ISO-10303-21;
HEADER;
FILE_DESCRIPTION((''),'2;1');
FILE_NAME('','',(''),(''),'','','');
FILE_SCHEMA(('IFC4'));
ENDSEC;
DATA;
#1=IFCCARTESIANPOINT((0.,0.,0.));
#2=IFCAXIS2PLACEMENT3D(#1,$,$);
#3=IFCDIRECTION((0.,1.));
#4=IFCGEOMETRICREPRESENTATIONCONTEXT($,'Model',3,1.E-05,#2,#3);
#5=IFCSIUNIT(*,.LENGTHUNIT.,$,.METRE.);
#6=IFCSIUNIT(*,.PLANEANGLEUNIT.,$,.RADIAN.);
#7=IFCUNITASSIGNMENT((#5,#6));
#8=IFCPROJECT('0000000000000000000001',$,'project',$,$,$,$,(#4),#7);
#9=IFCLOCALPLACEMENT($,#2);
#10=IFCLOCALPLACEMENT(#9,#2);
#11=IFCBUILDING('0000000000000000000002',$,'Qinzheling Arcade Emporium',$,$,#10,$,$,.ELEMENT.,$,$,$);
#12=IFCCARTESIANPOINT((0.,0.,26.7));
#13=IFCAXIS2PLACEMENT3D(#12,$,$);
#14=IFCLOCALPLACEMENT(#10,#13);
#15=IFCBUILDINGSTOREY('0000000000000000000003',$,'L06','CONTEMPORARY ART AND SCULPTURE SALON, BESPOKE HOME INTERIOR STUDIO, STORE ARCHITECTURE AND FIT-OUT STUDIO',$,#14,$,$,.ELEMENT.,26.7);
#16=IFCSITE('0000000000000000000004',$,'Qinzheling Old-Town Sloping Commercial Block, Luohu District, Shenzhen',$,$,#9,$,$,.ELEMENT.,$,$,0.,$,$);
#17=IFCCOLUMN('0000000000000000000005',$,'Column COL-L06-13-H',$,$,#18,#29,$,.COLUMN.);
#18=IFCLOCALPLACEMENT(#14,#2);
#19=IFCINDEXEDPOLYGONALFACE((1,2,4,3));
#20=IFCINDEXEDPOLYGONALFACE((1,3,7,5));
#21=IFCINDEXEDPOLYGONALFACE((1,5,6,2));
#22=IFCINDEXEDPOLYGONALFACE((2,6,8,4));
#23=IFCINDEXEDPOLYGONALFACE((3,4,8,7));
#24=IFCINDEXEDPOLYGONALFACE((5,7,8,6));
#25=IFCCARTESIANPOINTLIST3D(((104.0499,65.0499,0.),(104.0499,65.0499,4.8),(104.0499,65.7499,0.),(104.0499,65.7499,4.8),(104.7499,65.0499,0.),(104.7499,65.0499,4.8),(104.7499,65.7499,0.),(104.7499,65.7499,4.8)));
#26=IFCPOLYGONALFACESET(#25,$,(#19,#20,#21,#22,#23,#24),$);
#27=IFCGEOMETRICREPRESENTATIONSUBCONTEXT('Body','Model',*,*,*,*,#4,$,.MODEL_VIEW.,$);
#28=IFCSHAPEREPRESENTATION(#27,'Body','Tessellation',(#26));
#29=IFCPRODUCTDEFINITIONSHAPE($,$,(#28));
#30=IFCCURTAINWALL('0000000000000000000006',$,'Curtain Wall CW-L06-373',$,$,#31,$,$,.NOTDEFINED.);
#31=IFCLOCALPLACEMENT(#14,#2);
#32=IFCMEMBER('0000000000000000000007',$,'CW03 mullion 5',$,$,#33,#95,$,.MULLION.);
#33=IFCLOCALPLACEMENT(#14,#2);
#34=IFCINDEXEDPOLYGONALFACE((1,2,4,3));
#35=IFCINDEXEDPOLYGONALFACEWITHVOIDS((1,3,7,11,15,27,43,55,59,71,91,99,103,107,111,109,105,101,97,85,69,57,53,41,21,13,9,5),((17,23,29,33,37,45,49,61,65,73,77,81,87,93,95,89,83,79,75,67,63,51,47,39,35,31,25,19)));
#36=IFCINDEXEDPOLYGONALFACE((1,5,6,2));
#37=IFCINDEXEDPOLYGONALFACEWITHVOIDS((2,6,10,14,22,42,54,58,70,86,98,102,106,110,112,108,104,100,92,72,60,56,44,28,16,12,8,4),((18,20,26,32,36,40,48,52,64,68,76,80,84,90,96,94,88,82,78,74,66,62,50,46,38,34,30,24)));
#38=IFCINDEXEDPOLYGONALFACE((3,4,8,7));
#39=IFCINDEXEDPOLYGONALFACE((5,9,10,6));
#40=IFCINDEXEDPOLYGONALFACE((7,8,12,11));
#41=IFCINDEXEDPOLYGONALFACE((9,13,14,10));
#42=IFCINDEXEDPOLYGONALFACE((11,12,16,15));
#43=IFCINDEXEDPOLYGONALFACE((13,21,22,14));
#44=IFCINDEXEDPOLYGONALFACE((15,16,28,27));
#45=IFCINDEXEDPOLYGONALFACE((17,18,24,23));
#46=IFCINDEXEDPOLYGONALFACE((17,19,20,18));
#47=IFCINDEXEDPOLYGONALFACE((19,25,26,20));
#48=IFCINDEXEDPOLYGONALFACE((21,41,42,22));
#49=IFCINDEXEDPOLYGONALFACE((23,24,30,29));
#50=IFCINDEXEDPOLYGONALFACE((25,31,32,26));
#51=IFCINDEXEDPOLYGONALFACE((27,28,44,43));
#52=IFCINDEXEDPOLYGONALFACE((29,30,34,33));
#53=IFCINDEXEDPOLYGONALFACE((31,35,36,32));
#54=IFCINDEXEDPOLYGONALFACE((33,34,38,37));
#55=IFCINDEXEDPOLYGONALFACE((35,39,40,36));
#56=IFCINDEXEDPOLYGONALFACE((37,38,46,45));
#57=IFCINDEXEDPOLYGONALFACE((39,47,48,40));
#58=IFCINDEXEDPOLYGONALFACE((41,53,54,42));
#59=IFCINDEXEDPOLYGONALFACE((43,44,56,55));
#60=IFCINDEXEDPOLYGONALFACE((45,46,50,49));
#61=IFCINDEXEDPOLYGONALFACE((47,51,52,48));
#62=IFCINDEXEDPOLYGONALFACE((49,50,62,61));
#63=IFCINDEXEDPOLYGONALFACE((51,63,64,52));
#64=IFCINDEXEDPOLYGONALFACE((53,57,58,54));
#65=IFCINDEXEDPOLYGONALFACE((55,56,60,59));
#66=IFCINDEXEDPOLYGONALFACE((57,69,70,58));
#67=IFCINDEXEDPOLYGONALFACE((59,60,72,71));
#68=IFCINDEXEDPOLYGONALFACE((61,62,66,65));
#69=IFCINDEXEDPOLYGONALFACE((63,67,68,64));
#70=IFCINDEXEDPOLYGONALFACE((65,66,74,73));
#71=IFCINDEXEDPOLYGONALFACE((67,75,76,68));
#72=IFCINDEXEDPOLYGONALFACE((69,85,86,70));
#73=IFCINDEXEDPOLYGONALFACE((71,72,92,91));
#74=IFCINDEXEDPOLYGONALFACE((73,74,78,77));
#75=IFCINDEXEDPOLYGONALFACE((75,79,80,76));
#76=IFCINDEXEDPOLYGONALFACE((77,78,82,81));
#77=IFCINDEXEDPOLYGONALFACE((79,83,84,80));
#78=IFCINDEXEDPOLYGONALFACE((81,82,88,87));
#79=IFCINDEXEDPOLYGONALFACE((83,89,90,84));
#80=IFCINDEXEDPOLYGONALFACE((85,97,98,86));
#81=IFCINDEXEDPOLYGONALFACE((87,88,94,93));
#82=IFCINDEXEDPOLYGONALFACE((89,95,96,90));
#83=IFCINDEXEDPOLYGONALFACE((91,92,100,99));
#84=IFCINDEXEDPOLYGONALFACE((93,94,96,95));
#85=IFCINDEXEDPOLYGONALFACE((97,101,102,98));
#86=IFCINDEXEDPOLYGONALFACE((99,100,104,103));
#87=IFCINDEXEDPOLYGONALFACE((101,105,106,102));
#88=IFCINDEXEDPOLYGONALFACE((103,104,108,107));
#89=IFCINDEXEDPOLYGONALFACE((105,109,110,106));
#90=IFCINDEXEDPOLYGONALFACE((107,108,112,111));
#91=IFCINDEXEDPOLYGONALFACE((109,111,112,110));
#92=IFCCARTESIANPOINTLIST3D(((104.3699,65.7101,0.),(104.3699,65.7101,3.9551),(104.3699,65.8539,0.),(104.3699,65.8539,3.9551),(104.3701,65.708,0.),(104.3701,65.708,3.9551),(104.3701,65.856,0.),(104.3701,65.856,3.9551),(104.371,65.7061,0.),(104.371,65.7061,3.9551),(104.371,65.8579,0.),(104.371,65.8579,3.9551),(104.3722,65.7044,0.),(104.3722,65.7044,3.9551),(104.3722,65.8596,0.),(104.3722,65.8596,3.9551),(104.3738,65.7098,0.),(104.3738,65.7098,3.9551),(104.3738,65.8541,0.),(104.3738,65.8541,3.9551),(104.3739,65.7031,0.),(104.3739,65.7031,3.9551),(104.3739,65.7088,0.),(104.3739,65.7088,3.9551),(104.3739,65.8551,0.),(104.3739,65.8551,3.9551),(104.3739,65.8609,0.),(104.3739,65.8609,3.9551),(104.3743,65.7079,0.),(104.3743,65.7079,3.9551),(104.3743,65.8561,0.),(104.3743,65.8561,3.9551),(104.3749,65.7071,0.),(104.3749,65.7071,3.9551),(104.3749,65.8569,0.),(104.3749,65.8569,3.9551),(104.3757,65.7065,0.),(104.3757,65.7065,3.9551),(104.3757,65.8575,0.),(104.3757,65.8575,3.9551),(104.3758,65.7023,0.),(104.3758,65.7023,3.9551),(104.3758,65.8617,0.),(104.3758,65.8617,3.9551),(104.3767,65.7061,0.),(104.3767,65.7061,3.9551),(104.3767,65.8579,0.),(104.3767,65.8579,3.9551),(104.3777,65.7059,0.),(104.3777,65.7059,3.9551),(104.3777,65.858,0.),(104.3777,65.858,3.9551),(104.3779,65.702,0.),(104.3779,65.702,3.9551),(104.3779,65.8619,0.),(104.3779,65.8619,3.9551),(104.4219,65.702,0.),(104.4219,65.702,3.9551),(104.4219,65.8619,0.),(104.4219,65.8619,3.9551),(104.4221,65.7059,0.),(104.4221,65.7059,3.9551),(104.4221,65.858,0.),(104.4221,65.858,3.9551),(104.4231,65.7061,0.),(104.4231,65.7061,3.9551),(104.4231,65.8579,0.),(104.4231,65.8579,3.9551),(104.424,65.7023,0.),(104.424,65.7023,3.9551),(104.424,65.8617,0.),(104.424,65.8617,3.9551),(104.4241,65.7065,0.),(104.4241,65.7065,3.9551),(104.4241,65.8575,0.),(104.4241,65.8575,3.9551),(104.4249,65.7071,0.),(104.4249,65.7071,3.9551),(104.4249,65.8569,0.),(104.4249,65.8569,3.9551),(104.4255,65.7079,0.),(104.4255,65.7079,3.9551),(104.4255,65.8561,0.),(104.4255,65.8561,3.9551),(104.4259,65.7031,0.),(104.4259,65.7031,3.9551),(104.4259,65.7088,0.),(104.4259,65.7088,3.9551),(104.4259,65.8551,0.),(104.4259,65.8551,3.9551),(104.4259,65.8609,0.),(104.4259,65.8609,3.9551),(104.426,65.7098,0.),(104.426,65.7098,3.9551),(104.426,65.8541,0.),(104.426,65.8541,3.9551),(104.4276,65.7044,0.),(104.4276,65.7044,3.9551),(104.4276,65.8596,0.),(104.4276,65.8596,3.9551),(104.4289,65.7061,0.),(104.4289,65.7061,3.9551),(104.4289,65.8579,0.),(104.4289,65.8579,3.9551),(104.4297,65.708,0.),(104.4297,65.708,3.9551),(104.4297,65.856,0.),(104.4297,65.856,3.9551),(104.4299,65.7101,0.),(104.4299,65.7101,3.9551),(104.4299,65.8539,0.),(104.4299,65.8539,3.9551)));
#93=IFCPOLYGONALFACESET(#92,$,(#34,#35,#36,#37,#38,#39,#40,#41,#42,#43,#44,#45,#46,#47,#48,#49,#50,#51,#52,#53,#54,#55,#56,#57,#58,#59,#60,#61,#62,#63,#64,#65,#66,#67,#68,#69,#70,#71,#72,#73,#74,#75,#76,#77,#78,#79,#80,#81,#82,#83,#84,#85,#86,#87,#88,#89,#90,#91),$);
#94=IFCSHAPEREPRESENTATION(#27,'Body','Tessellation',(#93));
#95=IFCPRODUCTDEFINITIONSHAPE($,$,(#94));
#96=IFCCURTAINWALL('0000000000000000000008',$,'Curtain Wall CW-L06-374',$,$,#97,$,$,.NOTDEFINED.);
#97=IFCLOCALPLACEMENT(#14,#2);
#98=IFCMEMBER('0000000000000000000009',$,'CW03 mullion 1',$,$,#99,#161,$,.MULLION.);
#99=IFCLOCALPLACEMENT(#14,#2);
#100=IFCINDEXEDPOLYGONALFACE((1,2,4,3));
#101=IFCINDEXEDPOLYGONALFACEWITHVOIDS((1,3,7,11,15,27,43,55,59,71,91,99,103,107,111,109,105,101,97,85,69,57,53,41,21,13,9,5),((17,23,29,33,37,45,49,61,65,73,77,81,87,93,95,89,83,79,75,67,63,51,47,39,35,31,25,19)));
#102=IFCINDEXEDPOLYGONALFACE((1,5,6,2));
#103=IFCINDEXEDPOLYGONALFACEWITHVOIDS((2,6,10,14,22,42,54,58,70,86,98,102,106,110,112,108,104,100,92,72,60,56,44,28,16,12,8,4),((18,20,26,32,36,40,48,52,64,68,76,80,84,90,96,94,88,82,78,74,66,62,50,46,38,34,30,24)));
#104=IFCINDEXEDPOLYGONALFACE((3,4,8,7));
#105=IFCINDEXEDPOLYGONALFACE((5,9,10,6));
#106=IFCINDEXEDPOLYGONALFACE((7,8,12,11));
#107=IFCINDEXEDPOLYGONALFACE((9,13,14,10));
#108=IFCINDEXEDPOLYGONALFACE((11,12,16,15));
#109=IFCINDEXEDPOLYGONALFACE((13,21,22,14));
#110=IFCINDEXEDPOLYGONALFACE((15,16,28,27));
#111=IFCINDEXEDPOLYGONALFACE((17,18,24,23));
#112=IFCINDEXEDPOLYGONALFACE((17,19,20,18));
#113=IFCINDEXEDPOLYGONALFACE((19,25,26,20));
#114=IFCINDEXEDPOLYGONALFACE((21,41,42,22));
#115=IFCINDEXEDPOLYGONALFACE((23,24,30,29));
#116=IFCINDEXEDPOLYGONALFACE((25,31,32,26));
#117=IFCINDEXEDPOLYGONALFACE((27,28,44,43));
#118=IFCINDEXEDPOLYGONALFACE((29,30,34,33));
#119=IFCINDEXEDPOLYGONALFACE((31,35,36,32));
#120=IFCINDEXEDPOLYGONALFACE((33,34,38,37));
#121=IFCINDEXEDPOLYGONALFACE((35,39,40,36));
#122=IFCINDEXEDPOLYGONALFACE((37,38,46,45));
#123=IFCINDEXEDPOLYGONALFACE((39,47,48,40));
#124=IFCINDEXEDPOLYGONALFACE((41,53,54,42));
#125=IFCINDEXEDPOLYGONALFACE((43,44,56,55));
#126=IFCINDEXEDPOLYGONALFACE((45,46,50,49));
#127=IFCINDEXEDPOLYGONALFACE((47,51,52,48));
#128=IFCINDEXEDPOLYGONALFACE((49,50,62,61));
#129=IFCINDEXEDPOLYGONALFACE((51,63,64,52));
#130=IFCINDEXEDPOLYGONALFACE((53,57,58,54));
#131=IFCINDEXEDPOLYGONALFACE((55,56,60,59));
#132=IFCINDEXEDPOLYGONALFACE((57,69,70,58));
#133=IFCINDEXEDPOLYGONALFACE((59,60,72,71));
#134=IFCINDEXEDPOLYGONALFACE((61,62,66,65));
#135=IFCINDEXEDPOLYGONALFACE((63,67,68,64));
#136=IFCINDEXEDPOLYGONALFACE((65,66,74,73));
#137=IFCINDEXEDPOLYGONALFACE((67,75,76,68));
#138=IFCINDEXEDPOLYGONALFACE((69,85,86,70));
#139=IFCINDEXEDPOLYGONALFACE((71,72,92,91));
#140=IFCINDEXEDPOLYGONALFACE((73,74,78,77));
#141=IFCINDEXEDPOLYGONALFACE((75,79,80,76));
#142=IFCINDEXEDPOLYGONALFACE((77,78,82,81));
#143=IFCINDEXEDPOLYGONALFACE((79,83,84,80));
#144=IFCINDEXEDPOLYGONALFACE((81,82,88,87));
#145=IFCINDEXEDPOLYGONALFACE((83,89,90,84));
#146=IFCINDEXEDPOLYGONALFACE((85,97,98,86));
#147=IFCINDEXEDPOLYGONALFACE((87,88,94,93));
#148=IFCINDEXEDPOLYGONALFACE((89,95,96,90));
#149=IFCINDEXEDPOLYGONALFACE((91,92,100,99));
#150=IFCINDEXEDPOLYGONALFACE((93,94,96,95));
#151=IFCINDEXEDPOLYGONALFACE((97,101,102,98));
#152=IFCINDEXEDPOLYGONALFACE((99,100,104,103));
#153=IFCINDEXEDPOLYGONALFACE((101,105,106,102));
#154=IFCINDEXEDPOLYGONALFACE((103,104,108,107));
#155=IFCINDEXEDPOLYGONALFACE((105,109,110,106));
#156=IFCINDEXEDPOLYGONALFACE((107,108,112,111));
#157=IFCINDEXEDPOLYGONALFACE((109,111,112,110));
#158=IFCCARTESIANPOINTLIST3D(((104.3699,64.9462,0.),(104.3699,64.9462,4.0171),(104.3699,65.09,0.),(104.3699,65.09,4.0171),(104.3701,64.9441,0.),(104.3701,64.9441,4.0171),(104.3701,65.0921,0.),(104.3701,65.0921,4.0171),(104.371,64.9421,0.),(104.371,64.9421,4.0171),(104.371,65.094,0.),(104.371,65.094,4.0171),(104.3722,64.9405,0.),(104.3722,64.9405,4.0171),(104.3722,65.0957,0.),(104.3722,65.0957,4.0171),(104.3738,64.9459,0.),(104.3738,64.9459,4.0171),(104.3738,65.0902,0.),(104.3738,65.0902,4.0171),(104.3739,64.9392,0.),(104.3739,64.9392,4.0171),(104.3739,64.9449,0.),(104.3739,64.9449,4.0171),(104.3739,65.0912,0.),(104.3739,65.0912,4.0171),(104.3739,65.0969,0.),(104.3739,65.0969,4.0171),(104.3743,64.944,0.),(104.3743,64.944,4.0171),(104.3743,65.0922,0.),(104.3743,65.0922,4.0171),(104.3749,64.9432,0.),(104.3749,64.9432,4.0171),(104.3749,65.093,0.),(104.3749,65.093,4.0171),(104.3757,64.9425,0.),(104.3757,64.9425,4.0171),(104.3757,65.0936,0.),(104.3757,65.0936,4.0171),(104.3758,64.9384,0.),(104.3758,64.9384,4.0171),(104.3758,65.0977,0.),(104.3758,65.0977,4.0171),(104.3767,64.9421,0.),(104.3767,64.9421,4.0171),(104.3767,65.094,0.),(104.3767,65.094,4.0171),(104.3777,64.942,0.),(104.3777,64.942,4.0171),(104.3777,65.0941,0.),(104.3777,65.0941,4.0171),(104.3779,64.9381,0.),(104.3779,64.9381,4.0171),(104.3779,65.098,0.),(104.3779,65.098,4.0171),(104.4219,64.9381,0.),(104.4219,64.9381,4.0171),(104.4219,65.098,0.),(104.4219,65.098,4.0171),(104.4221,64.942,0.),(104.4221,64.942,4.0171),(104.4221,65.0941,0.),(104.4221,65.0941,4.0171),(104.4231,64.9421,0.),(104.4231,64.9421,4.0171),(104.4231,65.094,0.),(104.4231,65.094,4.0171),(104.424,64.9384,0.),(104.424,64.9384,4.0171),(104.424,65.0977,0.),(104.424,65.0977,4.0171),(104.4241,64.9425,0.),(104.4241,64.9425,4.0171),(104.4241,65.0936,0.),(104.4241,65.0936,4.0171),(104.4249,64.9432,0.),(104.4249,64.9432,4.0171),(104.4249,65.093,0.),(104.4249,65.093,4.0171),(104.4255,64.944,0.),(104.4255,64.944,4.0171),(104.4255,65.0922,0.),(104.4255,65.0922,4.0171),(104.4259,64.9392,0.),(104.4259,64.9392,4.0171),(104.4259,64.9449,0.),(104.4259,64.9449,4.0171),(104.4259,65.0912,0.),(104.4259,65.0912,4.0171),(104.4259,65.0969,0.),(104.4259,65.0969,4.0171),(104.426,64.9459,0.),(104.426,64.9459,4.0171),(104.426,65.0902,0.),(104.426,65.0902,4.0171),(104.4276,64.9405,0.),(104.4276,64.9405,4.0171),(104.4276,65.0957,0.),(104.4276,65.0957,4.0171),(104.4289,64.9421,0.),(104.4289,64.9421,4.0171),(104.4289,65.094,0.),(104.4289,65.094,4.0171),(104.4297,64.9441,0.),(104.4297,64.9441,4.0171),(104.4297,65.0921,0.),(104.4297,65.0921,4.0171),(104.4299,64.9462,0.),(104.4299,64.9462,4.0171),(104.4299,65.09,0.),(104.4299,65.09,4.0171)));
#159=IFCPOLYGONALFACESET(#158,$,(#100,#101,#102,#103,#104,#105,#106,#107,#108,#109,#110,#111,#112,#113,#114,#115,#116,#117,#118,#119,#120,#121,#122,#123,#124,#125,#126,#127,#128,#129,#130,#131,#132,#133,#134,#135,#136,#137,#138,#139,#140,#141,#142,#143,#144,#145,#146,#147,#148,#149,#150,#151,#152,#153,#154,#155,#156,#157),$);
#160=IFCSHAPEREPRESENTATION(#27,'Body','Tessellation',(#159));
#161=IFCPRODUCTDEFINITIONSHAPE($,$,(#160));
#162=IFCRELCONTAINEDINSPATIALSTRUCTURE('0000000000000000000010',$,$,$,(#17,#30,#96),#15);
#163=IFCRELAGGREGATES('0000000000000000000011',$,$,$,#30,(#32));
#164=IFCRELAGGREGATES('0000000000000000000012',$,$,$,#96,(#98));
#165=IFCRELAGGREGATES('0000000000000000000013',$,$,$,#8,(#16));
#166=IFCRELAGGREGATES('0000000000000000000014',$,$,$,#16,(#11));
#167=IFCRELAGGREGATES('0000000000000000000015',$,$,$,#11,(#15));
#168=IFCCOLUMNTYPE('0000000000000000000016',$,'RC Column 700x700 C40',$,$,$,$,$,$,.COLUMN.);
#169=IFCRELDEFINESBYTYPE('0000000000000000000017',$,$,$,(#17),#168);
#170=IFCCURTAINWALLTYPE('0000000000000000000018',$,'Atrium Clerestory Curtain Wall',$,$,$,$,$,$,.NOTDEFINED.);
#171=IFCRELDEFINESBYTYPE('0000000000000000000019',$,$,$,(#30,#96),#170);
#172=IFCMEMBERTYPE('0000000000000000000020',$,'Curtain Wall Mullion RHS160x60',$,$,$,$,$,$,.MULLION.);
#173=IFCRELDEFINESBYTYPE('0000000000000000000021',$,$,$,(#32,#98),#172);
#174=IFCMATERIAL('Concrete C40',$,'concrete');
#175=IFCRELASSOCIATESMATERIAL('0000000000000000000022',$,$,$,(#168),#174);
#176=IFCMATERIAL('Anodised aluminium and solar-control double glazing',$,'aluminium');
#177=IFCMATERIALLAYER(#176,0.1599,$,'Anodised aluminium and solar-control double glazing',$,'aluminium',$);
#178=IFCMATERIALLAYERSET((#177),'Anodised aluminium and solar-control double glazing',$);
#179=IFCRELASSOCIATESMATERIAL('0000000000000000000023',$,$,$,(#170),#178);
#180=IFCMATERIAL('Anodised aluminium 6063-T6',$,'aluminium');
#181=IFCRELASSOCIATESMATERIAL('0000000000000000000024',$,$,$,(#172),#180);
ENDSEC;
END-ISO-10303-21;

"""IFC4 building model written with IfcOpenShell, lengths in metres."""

from ifc_helpers import new_model, si_unit, direction, frame, origin, origin_2d, place, context, subcontext, project, spatial, rectangle, hollow_rectangle, extrude, material, layer, layer_set, material_profile, profile_set, type_object, element, aggregate, save


model = new_model("IFC4")

# Units and contexts
model_context = context("Model", 3, precision=1e-05, world=origin(), true_north=direction((0.0, 1.0)))
body_context = subcontext(model_context, "Body", "Model", "MODEL_VIEW")
ifc_project = project(units=[si_unit("LENGTHUNIT", "METRE"), si_unit("PLANEANGLEUNIT", "RADIAN")], contexts=[model_context])

# Site, building, storey
site_placement = place(None, origin())
site = spatial("IfcSite", under=ifc_project, at=site_placement, Name="Qinzheling Old-Town Sloping Commercial Block, Luohu District, Shenzhen", CompositionType="ELEMENT", RefElevation=0.0)
building_placement = place(site_placement, origin())
building = spatial("IfcBuilding", under=site, at=building_placement, Name="Qinzheling Arcade Emporium", CompositionType="ELEMENT")
storey_placement = place(building_placement, frame((0.0, 0.0, 26.7)))
storey = spatial("IfcBuildingStorey", under=building, at=storey_placement, Name="L06", Description="CONTEMPORARY ART AND SCULPTURE SALON, BESPOKE HOME INTERIOR STUDIO, STORE ARCHITECTURE AND FIT-OUT STUDIO", CompositionType="ELEMENT", Elevation=26.7)

# Column
ifc_material_1 = material(Name="Concrete C40", Category="concrete")
ifc_material_profile_1 = material_profile(ifc_material_1, rectangle(XDim=0.7, YDim=0.7, at=origin_2d()), Name="RC 700x700", Category="concrete")
ifc_profile_set_1 = profile_set([ifc_material_profile_1], Name="Concrete C40")
column_type = type_object("IfcColumnType", Name="RC Column 700x700 C40", PredefinedType="COLUMN", material=ifc_profile_set_1)
column_placement = place(storey_placement, frame((104.3999, 65.3999, 0.0), z_axis=(0.0, 0.0, 1.0), x_axis=(1.0, 0.0, 0.0)))
element("IfcColumn", 1, at=column_placement, inside=storey, type_object=column_type, Name="Column COL-L06-13-H", PredefinedType="COLUMN", context=body_context, shape_type="SweptSolid", body=[
    extrude(rectangle(XDim=0.7, YDim=0.7, at=origin_2d()), origin(), (0.0, 0.0, 1.0), 4.8),
])

# Curtain wall, member
ifc_material_2 = material(Name="Anodised aluminium and solar-control double glazing", Category="aluminium")
ifc_layer_1 = layer(ifc_material_2, 0.1599, Name="Anodised aluminium and solar-control double glazing", Category="aluminium")
ifc_layer_set_1 = layer_set([ifc_layer_1], Name="Anodised aluminium and solar-control double glazing")
curtain_wall_type = type_object("IfcCurtainWallType", Name="Atrium Clerestory Curtain Wall", PredefinedType="NOTDEFINED", material=ifc_layer_set_1)
curtain_wall_1_placement = place(storey_placement, origin())
curtain_wall_1 = element("IfcCurtainWall", 2, at=curtain_wall_1_placement, inside=storey, type_object=curtain_wall_type, Name="Curtain Wall CW-L06-373", PredefinedType="NOTDEFINED")
ifc_material_3 = material(Name="Anodised aluminium 6063-T6", Category="aluminium")
ifc_material_profile_2 = material_profile(ifc_material_3, hollow_rectangle(XDim=0.0601, YDim=0.1599, WallThickness=0.0039, InnerFilletRadius=0.0039, OuterFilletRadius=0.0081, at=origin_2d()), Name="RHS 160x60x4", Category="aluminium")
ifc_profile_set_2 = profile_set([ifc_material_profile_2], Name="Anodised aluminium 6063-T6")
member_type_1 = type_object("IfcMemberType", Name="Curtain Wall Mullion RHS160x60", PredefinedType="MULLION", material=ifc_profile_set_2)
member_1_placement = place(storey_placement, frame((104.3999, 65.782, 0.0), z_axis=(0.0, 0.0, 1.0), x_axis=(1.0, 0.0, 0.0)))
member_1 = element("IfcMember", 3, at=member_1_placement, type_object=member_type_1, Name="CW03 mullion 5", PredefinedType="MULLION", context=body_context, shape_type="SweptSolid", body=[
    extrude(hollow_rectangle(XDim=0.0601, YDim=0.1599, WallThickness=0.0039, InnerFilletRadius=0.0039, OuterFilletRadius=0.0081, at=origin_2d()), origin(), (0.0, 0.0, 1.0), 3.9551),
])

# Curtain wall, member
curtain_wall_2_placement = place(storey_placement, origin())
curtain_wall_2 = element("IfcCurtainWall", 4, at=curtain_wall_2_placement, inside=storey, type_object=curtain_wall_type, Name="Curtain Wall CW-L06-374", PredefinedType="NOTDEFINED")
member_2_placement = place(storey_placement, frame((104.3999, 65.0181, 0.0), z_axis=(0.0, 0.0, 1.0), x_axis=(1.0, 0.0, 0.0)))
member_2 = element("IfcMember", 5, at=member_2_placement, type_object=member_type_1, Name="CW03 mullion 1", PredefinedType="MULLION", context=body_context, shape_type="SweptSolid", body=[
    extrude(hollow_rectangle(XDim=0.0601, YDim=0.1599, WallThickness=0.0039, InnerFilletRadius=0.0039, OuterFilletRadius=0.0081, at=origin_2d()), origin(), (0.0, 0.0, 1.0), 4.0171),
])

aggregate(curtain_wall_1, [member_1])
aggregate(curtain_wall_2, [member_2])

save(model, "model.ifc")
